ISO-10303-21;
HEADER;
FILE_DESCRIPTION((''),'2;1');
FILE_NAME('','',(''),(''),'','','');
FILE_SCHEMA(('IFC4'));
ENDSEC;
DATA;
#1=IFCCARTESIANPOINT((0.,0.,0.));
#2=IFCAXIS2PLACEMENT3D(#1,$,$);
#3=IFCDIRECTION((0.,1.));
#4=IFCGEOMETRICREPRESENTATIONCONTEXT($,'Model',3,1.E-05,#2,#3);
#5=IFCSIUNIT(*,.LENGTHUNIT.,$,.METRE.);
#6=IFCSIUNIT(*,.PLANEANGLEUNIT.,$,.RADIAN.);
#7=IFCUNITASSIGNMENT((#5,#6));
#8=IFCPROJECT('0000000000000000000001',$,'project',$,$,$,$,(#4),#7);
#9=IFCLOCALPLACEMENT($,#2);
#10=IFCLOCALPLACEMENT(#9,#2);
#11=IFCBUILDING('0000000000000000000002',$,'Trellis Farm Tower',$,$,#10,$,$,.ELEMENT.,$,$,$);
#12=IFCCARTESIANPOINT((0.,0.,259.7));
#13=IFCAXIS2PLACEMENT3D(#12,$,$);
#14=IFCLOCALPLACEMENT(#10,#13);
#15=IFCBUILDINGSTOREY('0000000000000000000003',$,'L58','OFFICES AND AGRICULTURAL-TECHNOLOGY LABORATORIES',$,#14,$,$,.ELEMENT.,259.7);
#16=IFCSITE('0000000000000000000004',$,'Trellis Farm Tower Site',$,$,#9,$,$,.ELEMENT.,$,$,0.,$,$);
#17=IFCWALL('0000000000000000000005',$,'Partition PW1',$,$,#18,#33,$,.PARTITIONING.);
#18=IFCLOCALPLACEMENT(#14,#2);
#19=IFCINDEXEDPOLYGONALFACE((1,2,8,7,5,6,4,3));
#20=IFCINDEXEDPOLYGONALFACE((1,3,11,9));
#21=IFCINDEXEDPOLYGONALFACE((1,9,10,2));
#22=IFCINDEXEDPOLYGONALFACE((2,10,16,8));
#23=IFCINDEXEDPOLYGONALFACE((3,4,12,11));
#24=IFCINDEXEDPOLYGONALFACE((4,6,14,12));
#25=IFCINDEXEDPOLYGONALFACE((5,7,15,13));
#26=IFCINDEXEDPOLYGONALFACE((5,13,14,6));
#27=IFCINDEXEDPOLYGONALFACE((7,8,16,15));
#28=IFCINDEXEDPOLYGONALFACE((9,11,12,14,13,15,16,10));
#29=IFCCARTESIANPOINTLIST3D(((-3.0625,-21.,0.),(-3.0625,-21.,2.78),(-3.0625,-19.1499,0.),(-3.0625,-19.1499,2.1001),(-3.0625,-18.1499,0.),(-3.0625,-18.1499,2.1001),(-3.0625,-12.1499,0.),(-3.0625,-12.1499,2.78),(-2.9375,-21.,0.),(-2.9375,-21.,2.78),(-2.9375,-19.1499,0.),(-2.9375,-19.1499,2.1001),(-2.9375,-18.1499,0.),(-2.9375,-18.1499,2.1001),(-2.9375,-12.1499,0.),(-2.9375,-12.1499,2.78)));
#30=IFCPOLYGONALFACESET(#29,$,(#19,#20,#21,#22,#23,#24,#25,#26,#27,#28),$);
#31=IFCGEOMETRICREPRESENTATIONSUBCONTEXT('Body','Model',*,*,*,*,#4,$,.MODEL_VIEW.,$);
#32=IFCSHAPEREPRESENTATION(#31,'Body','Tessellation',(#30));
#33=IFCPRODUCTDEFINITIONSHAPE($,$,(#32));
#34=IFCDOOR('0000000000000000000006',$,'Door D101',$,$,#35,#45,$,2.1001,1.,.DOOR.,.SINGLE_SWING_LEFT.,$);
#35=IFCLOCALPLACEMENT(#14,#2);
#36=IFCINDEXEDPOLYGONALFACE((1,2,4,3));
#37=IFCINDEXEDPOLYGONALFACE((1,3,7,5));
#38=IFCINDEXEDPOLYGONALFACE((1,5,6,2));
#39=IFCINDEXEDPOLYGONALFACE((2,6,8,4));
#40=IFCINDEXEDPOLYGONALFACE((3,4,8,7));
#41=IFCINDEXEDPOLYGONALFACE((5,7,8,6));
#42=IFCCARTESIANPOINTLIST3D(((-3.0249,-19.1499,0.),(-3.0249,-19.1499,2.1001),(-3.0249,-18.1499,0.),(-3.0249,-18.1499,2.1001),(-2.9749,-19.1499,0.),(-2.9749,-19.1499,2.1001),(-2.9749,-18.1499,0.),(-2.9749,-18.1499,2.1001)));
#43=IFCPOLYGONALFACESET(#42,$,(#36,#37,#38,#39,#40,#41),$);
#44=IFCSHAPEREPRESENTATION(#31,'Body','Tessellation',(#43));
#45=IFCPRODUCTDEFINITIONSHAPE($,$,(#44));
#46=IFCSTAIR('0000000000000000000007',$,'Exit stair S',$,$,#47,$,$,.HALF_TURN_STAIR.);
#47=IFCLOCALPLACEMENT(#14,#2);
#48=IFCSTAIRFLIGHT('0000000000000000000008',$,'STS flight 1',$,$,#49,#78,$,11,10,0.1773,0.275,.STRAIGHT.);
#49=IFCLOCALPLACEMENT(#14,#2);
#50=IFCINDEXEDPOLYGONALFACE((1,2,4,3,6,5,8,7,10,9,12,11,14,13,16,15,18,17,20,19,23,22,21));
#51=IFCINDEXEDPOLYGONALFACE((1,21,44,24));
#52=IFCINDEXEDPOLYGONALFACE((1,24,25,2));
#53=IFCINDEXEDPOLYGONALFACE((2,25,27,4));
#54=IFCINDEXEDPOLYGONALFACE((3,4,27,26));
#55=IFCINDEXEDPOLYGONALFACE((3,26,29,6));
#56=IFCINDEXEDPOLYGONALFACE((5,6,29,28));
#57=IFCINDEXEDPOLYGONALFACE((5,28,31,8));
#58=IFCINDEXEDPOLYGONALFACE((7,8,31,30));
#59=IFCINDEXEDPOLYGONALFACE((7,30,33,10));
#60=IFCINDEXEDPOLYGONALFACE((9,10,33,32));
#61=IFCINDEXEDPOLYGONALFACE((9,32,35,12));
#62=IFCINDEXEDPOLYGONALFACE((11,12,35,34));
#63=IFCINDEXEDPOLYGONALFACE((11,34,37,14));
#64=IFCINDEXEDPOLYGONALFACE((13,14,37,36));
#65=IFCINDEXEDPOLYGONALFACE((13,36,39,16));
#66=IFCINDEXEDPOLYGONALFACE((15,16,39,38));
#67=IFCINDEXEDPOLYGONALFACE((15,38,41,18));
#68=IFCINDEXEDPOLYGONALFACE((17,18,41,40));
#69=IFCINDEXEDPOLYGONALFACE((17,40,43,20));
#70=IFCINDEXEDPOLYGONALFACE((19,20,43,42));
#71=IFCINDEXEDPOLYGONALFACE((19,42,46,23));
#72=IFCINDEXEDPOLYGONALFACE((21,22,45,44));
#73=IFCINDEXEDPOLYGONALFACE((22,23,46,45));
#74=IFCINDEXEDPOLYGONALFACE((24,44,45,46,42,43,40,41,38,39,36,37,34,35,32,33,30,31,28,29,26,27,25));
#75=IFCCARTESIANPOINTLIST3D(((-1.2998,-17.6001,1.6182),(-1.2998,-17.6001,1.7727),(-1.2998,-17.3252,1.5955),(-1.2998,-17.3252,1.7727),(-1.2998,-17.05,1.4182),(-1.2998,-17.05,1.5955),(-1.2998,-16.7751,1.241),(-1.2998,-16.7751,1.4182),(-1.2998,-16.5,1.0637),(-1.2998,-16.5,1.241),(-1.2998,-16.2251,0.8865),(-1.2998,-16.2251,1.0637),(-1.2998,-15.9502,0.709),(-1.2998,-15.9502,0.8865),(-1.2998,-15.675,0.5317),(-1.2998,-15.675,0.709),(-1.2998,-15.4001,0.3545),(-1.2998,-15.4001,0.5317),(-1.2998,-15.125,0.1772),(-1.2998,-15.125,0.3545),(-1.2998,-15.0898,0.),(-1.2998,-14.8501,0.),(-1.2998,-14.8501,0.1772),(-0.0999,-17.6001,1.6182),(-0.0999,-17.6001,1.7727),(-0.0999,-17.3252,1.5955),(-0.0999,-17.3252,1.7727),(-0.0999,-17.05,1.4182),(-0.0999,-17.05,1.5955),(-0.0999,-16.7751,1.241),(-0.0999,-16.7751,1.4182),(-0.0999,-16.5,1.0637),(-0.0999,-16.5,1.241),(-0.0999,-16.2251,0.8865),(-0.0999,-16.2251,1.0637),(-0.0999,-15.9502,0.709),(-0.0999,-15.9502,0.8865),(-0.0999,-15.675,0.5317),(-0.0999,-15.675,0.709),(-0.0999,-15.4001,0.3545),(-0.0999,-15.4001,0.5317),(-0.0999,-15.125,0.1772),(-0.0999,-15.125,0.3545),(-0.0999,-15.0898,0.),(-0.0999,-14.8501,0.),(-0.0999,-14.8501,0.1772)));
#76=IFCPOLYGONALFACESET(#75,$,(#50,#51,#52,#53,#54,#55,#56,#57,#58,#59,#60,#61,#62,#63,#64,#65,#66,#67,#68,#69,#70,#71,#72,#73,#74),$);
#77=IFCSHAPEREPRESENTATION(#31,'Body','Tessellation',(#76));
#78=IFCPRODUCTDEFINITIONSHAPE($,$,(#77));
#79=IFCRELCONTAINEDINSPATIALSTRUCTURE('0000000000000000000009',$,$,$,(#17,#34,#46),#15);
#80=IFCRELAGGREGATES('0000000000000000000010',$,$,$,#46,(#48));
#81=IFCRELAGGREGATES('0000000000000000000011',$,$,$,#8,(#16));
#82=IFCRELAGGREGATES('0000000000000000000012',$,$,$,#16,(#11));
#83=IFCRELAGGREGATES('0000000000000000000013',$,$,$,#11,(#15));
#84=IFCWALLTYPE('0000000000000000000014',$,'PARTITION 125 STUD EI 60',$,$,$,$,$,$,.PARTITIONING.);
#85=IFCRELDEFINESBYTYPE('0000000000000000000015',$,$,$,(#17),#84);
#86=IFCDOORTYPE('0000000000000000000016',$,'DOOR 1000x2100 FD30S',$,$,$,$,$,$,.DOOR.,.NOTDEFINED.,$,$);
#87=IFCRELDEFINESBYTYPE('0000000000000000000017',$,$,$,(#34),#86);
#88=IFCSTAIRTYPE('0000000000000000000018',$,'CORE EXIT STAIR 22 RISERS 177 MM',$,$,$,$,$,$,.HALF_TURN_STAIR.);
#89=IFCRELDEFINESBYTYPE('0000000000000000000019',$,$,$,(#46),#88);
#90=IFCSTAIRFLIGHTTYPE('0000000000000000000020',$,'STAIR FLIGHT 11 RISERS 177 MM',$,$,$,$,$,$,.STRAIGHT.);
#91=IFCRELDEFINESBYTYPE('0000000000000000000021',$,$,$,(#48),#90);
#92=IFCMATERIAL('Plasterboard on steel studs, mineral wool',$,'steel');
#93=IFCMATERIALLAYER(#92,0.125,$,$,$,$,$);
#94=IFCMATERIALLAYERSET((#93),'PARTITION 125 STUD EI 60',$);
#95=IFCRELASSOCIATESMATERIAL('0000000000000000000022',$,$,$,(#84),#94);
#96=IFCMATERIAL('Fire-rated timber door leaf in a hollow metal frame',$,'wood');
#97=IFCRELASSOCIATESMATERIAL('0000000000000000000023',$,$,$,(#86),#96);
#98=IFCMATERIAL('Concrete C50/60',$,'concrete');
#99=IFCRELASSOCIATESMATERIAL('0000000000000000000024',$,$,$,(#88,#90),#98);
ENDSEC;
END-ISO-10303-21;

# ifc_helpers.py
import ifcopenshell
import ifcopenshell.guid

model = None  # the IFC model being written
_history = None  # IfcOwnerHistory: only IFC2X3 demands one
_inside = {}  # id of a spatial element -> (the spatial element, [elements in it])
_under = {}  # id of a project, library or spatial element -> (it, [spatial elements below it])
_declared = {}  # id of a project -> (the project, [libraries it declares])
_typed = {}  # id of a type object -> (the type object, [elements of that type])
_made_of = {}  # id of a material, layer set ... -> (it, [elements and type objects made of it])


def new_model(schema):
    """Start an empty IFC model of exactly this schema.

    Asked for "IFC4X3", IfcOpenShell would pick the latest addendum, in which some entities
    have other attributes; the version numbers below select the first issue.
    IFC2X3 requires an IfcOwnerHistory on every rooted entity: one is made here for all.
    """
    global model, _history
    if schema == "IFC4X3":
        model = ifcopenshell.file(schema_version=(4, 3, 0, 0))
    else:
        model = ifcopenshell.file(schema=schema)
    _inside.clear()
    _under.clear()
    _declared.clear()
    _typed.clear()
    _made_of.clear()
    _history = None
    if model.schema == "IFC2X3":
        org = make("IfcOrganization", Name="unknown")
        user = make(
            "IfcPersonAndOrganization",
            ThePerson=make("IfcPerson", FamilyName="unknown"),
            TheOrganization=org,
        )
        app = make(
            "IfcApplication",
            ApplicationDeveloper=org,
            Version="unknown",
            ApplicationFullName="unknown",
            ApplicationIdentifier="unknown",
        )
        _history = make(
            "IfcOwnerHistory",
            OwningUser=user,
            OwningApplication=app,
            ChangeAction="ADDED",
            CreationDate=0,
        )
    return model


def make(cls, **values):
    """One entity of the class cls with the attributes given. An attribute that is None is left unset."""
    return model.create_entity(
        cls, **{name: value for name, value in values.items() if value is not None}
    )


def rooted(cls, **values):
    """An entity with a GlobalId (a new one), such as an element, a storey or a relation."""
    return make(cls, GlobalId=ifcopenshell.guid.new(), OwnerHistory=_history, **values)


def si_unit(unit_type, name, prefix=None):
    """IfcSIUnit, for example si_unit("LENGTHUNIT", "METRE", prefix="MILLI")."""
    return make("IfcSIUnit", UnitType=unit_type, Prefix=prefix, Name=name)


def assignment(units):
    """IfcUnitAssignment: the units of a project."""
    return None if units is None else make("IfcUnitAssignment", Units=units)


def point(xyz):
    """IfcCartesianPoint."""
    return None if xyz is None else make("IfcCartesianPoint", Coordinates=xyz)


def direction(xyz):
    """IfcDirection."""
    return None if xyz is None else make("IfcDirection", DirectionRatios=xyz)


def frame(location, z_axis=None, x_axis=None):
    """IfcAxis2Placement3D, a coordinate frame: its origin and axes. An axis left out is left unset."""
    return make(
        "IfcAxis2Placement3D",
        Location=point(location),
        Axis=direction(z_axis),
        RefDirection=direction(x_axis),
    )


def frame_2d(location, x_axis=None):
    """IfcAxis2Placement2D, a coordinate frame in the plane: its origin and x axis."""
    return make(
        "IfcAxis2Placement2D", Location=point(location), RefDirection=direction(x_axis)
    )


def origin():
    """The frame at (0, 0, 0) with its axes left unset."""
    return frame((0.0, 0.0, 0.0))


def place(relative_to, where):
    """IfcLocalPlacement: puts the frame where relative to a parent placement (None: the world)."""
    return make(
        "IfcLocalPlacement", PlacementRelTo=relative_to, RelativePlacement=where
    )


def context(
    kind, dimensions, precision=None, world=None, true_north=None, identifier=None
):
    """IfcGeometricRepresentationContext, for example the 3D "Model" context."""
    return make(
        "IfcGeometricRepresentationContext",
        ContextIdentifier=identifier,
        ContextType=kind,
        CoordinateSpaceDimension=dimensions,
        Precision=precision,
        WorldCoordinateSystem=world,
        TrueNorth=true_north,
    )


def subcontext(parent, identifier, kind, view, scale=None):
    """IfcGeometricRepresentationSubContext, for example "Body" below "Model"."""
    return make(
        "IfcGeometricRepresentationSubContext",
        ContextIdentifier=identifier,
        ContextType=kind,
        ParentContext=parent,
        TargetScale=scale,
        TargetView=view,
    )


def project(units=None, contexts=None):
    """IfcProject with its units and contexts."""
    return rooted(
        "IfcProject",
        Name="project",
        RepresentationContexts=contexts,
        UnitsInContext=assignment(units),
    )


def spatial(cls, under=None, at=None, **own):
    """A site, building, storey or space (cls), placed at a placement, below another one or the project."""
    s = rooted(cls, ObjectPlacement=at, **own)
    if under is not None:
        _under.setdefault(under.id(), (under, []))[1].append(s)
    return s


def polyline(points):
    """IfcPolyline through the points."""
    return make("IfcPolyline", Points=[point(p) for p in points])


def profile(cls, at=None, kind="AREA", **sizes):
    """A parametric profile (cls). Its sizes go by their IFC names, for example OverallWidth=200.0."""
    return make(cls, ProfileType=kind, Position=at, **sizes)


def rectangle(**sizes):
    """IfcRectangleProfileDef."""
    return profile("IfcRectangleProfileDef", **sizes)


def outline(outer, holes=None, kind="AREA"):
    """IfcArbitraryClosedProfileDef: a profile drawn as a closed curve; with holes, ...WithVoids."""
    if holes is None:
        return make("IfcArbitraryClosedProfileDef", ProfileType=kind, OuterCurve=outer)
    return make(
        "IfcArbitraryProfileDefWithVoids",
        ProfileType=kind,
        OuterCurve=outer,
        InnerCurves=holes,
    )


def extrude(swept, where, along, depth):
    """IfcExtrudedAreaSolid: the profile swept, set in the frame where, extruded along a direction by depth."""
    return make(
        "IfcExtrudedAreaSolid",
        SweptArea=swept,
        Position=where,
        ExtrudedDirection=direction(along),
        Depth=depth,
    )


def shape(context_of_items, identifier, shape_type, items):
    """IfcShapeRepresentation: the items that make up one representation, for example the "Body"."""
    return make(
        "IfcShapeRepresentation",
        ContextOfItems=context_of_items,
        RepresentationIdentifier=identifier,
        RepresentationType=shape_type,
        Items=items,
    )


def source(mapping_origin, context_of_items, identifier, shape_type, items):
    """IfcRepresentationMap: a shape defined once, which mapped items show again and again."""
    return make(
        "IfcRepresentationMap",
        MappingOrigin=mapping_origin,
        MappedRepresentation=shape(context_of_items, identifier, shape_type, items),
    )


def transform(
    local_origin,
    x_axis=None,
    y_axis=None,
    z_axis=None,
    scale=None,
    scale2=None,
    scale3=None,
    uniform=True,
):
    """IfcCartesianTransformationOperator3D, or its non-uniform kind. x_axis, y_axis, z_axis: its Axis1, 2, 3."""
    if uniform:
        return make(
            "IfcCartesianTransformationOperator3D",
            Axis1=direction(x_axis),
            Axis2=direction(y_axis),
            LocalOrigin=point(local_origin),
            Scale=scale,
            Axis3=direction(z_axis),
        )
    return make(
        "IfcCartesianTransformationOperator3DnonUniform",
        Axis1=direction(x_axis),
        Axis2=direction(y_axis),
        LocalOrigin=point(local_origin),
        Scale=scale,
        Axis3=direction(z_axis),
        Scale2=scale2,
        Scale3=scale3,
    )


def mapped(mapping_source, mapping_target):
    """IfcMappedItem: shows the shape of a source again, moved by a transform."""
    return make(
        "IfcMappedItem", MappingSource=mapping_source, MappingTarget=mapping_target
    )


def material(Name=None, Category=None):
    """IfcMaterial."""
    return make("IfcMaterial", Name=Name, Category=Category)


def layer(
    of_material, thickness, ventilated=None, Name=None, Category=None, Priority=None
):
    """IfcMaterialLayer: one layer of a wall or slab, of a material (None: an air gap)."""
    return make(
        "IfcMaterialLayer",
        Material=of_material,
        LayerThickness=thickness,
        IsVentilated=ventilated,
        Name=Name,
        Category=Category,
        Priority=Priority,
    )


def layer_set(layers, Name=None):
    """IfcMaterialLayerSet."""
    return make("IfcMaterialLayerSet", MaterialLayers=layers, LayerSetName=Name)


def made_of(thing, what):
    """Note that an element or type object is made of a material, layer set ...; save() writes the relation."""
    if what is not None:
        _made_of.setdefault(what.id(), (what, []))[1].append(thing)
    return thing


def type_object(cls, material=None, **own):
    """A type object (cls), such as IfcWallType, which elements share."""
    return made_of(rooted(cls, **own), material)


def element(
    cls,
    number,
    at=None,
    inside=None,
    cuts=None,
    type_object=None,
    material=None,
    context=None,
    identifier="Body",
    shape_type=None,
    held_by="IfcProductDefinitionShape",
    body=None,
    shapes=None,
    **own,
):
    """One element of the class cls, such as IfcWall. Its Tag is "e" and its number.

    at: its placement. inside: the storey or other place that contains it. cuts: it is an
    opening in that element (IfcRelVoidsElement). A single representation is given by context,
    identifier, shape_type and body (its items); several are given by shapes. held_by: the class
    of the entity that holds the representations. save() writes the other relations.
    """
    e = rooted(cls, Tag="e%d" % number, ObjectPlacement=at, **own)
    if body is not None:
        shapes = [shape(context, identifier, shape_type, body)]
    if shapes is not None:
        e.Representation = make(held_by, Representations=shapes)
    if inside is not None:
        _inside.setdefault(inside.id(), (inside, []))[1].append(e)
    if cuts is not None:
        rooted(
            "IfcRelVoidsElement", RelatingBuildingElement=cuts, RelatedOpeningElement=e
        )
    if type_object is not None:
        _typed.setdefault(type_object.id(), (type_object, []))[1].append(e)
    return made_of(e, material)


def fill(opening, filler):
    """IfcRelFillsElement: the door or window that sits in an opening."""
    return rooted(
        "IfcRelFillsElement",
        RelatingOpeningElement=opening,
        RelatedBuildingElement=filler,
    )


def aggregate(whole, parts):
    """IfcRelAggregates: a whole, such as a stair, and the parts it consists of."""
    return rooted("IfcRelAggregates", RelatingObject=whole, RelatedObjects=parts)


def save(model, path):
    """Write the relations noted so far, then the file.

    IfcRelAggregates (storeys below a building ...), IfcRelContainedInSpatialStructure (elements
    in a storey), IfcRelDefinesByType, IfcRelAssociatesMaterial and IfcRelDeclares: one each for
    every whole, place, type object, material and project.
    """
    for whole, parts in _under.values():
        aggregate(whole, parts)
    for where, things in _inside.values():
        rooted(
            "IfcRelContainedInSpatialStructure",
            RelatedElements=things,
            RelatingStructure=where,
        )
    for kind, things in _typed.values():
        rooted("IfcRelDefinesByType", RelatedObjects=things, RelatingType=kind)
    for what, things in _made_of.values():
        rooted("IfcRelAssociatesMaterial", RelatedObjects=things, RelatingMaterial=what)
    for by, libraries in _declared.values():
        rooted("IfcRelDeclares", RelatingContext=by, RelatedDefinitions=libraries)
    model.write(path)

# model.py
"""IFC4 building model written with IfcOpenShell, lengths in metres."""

from ifc_helpers import new_model, si_unit, direction, frame, frame_2d, origin, place, context, subcontext, project, spatial, polyline, rectangle, outline, extrude, source, transform, mapped, material, layer, layer_set, type_object, element, fill, aggregate, save


model = new_model("IFC4")

# Units and contexts
model_context = context("Model", 3, precision=1e-05, world=origin(), true_north=direction((0.0, 1.0)))
body_context = subcontext(model_context, "Body", "Model", "MODEL_VIEW")
ifc_project = project(units=[si_unit("LENGTHUNIT", "METRE"), si_unit("PLANEANGLEUNIT", "RADIAN")], contexts=[model_context])

# Site, building, storey
site_placement = place(None, origin())
site = spatial("IfcSite", under=ifc_project, at=site_placement, Name="Trellis Farm Tower Site", CompositionType="ELEMENT", RefElevation=0.0)
building_placement = place(site_placement, origin())
building = spatial("IfcBuilding", under=site, at=building_placement, Name="Trellis Farm Tower", CompositionType="ELEMENT")
storey_placement = place(building_placement, frame((0.0, 0.0, 259.7)))
storey = spatial("IfcBuildingStorey", under=building, at=storey_placement, Name="L58", Description="OFFICES AND AGRICULTURAL-TECHNOLOGY LABORATORIES", CompositionType="ELEMENT", Elevation=259.7)

# Shared definitions
placement = place(storey_placement, origin())

# Shared definitions
ifc_material_1 = material(Name="Plasterboard on steel studs, mineral wool", Category="steel")
ifc_layer_1 = layer(ifc_material_1, 0.125)
ifc_layer_set_1 = layer_set([ifc_layer_1], Name="PARTITION 125 STUD EI 60")
wall_type_1 = type_object("IfcWallType", Name="PARTITION 125 STUD EI 60", PredefinedType="PARTITIONING", material=ifc_layer_set_1)
shared_shape_1 = source(origin(), body_context, "Body", "SweptSolid", [
    extrude(rectangle(XDim=1.0, YDim=2.1001, at=frame_2d((0.5, 1.05))), frame((0.0, 0.0725, 0.0), z_axis=(0.0, -1.0, 0.0), x_axis=(1.0, 0.0, 0.0)), (0.0, 0.0, 1.0), 0.145),
])
ifc_material_2 = material(Name="Fire-rated timber door leaf in a hollow metal frame", Category="wood")
door_type = type_object("IfcDoorType", Name="DOOR 1000x2100 FD30S", OperationType="NOTDEFINED", PredefinedType="DOOR", material=ifc_material_2)
shared_shape_2 = source(origin(), body_context, "Body", "SweptSolid", [
    extrude(rectangle(XDim=1.0, YDim=2.1001, at=frame_2d((0.5, 1.05))), frame((0.0, 0.0249, 0.0), z_axis=(0.0, -1.0, 0.0), x_axis=(1.0, 0.0, 0.0)), (0.0, 0.0, 1.0), 0.05),
])

# Wall, opening, door
shared_shape_3 = source(origin(), body_context, "Body", "SweptSolid", [
    extrude(rectangle(XDim=8.8501, YDim=0.125, at=frame_2d((4.425, 0.0))), origin(), (0.0, 0.0, 1.0), 2.78),
])
wall_1_placement = place(storey_placement, frame((-3.0, -21.0, 0.0), z_axis=(0.0, 0.0, 1.0), x_axis=(0.0, 1.0, 0.0)))
wall_1 = element("IfcWall", 1, at=wall_1_placement, inside=storey, type_object=wall_type_1, Name="Partition PW1", PredefinedType="PARTITIONING", context=body_context, shape_type="MappedRepresentation", body=[
    mapped(shared_shape_3, transform((0.0, 0.0, 0.0))),
])
opening_1_placement = place(wall_1_placement, frame((1.8501, 0.0, 0.0)))
opening_1 = element("IfcOpeningElement", 2, at=opening_1_placement, cuts=wall_1, PredefinedType="OPENING", context=body_context, shape_type="MappedRepresentation", body=[
    mapped(shared_shape_1, transform((0.0, 0.0, 0.0))),
])
door_1_placement = place(opening_1_placement, origin())
door_1 = element("IfcDoor", 3, at=door_1_placement, inside=storey, type_object=door_type, Name="Door D101", OperationType="SINGLE_SWING_LEFT", OverallHeight=2.1001, OverallWidth=1.0, PredefinedType="DOOR", context=body_context, shape_type="MappedRepresentation", body=[
    mapped(shared_shape_2, transform((0.0, 0.0, 0.0))),
])
fill(opening_1, door_1)

# Stair, stair flight
ifc_material_3 = material(Name="Concrete C50/60", Category="concrete")
stair_type = type_object("IfcStairType", Name="CORE EXIT STAIR 22 RISERS 177 MM", PredefinedType="HALF_TURN_STAIR", material=ifc_material_3)
stair = element("IfcStair", 4, at=placement, inside=storey, type_object=stair_type, Name="Exit stair S", PredefinedType="HALF_TURN_STAIR")
stair_flight_type = type_object("IfcStairFlightType", Name="STAIR FLIGHT 11 RISERS 177 MM", PredefinedType="STRAIGHT", material=ifc_material_3)
shared_shape_4 = source(origin(), body_context, "Body", "SweptSolid", [
    extrude(outline(polyline([(0.0, 0.0), (0.0, 0.1772), (0.2749, 0.1772), (0.2749, 0.3545), (0.55, 0.3545), (0.55, 0.5317), (0.825, 0.5317), (0.825, 0.709), (1.1001, 0.709), (1.1001, 0.8865), (1.375, 0.8865), (1.375, 1.0637), (1.6499, 1.0637), (1.6499, 1.241), (1.925, 1.241), (1.925, 1.4182), (2.2, 1.4182), (2.2, 1.5955), (2.4751, 1.5955), (2.4751, 1.7727), (2.75, 1.7727), (2.75, 1.95), (2.75, 1.6182), (0.2397, 0.0), (0.0, 0.0)])), frame((0.0, 0.6001, 0.0), z_axis=(0.0, -1.0, 0.0), x_axis=(1.0, 0.0, 0.0)), (0.0, 0.0, 1.0), 1.2),
])
stair_flight_placement = place(storey_placement, frame((-0.7, -14.8501, 0.0), z_axis=(0.0, 0.0, 1.0), x_axis=(0.0, -1.0, 0.0)))
stair_flight = element("IfcStairFlight", 5, at=stair_flight_placement, type_object=stair_flight_type, Name="STS flight 1", NumberOfRisers=11, NumberOfTreads=10, PredefinedType="STRAIGHT", RiserHeight=0.1773, TreadLength=0.275, context=body_context, shape_type="MappedRepresentation", body=[
    mapped(shared_shape_4, transform((0.0, 0.0, 0.0))),
])
aggregate(stair, [stair_flight])

save(model, "model.ifc")
